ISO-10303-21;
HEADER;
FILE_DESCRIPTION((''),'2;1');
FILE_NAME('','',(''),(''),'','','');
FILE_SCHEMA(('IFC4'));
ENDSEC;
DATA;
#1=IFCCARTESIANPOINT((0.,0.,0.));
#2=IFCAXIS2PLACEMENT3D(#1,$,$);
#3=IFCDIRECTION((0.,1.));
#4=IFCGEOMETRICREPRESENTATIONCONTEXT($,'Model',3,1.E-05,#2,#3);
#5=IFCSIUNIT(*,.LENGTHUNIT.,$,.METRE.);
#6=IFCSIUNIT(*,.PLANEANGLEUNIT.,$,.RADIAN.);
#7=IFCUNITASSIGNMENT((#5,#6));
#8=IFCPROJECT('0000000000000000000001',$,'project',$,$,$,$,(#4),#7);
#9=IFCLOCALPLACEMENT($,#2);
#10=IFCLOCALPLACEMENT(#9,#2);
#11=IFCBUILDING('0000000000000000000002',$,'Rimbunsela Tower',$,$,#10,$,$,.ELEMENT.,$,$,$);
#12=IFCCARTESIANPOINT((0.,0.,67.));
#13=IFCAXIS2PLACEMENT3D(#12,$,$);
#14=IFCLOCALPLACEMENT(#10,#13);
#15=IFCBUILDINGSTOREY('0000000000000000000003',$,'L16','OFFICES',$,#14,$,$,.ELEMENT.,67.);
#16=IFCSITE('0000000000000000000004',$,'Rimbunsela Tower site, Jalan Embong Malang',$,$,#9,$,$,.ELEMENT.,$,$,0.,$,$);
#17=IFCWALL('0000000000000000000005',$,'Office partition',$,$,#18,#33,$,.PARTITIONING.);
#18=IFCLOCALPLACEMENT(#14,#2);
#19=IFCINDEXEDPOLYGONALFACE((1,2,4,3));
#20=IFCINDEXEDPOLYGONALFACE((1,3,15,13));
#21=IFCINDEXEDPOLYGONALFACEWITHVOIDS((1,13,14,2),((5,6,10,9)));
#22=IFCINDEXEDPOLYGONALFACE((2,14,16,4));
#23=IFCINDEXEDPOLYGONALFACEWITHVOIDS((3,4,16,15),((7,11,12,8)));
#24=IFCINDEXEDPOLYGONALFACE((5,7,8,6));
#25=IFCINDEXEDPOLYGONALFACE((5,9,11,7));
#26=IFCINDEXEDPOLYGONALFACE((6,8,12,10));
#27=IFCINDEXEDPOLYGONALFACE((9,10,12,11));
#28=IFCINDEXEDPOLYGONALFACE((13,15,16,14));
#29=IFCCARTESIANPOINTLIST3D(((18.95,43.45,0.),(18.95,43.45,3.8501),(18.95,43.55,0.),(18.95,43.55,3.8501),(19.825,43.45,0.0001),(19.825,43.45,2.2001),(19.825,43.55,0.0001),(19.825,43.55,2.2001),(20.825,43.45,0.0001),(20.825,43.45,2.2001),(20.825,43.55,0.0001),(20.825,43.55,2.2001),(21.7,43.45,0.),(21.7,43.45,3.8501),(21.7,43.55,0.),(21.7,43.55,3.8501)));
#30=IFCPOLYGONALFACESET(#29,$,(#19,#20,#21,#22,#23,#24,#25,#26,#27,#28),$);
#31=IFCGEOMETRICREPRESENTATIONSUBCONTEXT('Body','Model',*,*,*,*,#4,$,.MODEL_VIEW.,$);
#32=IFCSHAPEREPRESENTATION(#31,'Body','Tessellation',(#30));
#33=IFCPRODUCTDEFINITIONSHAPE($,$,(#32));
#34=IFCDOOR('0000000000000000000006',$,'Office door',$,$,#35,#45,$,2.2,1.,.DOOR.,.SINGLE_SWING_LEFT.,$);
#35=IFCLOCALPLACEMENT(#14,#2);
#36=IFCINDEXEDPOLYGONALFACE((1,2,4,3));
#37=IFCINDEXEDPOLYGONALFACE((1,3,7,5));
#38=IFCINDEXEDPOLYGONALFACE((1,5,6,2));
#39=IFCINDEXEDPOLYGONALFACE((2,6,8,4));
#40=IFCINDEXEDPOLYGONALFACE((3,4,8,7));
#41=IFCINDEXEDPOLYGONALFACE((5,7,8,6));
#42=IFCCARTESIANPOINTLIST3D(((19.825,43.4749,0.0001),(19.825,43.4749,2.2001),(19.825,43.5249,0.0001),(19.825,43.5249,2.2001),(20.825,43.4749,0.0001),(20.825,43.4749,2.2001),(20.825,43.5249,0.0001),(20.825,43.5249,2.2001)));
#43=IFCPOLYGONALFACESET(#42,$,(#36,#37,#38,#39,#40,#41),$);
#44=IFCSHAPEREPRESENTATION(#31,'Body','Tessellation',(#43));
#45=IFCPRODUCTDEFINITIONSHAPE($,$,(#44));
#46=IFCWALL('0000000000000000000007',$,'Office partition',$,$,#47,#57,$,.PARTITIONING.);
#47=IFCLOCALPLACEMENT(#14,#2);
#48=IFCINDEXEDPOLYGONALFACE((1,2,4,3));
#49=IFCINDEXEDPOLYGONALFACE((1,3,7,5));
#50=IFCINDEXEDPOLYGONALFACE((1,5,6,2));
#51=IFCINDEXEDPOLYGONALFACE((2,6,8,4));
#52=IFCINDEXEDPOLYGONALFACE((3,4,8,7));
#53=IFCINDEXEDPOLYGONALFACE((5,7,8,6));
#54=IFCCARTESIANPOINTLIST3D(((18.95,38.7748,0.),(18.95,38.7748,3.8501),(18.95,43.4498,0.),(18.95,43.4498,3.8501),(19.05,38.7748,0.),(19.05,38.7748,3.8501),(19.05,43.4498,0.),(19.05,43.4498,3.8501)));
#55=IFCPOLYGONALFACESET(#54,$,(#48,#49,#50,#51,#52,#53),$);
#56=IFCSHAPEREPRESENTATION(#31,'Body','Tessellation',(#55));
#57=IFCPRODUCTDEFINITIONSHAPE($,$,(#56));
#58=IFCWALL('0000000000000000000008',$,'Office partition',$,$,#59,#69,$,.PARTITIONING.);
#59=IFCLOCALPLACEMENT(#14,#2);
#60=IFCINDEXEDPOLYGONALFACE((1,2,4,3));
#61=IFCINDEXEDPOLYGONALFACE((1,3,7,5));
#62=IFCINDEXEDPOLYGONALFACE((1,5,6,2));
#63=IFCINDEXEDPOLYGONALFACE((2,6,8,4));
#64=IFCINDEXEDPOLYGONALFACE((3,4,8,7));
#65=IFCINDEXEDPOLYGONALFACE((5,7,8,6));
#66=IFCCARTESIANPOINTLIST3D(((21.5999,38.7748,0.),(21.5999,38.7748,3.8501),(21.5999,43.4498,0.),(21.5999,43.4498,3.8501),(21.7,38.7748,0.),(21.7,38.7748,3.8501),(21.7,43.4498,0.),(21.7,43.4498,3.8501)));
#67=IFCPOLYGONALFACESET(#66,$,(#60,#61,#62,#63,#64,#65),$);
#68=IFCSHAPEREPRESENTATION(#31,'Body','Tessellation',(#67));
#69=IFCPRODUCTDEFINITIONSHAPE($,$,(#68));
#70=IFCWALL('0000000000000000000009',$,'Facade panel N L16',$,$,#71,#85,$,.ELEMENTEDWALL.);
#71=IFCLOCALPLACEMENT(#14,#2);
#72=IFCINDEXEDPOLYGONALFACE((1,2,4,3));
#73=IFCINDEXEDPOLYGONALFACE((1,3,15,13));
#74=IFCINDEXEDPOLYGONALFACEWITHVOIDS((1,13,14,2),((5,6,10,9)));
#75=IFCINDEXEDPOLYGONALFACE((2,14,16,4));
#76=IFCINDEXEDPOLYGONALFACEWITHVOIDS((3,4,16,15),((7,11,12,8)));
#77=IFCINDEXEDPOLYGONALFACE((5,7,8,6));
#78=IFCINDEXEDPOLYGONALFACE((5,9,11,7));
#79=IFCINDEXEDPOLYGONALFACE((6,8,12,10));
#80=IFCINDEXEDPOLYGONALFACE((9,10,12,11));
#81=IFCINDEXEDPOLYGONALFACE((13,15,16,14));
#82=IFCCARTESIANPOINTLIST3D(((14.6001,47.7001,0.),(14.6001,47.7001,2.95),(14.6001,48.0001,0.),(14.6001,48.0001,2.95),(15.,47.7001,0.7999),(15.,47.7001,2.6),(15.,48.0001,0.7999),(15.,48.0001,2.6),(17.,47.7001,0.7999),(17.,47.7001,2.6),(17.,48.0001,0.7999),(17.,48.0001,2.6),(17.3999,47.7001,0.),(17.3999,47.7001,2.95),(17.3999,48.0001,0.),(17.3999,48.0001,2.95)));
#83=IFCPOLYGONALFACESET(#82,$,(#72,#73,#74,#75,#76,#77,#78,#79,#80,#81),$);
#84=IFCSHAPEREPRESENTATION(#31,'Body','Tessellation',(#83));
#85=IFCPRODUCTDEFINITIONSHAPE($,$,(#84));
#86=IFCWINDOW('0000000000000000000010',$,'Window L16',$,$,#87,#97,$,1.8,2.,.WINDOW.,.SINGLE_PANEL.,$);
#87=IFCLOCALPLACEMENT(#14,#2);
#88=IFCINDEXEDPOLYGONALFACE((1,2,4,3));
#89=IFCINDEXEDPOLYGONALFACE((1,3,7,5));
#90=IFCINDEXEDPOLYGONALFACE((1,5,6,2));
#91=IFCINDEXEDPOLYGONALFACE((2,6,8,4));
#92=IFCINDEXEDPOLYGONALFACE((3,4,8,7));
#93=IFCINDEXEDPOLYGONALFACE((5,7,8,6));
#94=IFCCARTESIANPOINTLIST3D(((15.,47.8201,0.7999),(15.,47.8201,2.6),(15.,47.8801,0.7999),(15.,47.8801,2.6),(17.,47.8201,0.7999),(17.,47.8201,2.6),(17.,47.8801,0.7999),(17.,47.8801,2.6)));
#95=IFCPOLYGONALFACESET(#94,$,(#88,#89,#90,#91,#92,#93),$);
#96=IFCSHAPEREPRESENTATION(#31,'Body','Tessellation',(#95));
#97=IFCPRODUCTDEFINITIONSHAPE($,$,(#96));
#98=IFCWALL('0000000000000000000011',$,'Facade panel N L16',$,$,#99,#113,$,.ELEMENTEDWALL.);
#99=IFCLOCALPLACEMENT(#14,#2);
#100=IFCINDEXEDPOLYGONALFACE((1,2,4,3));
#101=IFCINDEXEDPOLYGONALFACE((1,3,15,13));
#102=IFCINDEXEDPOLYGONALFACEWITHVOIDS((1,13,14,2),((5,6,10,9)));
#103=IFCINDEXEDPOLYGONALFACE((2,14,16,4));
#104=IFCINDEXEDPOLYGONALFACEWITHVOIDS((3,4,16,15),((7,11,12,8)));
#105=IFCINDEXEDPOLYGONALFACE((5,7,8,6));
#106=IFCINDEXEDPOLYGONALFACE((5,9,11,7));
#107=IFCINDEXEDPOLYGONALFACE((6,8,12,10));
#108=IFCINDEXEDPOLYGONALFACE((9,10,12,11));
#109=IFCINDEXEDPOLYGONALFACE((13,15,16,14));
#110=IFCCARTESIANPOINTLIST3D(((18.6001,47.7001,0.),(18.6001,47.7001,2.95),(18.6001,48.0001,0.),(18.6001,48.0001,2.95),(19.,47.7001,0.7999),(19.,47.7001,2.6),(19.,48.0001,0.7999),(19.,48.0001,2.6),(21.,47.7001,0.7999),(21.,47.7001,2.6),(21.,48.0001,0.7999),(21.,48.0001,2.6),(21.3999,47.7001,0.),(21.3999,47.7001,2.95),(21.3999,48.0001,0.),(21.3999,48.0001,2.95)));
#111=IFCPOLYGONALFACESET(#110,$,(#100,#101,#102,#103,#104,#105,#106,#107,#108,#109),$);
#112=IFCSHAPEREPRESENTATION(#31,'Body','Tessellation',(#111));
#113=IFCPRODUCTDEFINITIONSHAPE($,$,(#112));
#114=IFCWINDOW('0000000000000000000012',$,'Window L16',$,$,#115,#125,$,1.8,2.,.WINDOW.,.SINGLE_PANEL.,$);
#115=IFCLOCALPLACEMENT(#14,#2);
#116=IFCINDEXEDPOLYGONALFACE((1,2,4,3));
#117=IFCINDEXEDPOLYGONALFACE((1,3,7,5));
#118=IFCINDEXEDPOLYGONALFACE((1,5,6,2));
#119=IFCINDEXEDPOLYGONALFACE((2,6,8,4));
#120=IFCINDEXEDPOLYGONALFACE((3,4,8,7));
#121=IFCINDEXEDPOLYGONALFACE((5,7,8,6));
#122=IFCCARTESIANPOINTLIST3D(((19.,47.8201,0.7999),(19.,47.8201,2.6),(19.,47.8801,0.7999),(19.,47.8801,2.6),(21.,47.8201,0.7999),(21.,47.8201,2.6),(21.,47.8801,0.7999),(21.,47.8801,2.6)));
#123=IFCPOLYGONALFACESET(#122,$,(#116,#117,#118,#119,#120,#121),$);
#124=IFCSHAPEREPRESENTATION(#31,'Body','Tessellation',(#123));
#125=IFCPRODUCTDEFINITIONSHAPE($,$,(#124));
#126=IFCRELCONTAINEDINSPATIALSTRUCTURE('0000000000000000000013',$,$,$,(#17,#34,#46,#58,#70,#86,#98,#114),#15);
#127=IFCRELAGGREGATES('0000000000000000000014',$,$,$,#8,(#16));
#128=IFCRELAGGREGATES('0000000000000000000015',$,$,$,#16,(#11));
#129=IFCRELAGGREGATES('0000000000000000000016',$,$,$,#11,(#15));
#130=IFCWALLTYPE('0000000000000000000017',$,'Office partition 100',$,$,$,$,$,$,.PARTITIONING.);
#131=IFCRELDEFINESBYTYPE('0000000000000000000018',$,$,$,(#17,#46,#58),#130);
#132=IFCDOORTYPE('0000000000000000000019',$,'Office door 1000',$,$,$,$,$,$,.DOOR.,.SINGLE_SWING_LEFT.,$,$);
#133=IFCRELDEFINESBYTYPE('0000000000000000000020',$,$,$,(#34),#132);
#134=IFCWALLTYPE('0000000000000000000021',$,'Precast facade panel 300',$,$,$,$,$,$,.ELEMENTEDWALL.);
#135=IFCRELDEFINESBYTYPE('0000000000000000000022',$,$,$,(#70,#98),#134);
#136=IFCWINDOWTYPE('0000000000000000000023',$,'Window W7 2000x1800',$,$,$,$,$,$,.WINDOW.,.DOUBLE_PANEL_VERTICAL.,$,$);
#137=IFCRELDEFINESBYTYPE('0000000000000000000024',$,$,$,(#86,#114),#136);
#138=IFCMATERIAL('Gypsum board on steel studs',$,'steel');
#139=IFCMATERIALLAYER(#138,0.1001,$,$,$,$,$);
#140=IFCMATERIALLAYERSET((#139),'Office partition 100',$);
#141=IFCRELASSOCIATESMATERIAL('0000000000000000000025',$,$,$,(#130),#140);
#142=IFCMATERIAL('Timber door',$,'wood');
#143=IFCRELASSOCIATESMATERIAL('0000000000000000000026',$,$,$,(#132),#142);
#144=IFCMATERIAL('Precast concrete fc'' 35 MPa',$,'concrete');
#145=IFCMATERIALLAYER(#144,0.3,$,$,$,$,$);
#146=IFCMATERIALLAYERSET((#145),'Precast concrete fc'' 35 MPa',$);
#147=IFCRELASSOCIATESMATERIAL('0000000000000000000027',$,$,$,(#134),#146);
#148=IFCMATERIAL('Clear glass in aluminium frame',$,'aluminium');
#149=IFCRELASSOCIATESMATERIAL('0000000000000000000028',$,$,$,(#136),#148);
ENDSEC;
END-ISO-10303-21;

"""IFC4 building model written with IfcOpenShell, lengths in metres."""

from ifc_helpers import new_model, si_unit, direction, frame, frame_2d, origin, place, context, subcontext, project, spatial, rectangle, extrude, material, layer, layer_set, type_object, element, fill, save


model = new_model("IFC4")

# Units and contexts
model_context = context("Model", 3, precision=1e-05, world=origin(), true_north=direction((0.0, 1.0)))
body_context = subcontext(model_context, "Body", "Model", "MODEL_VIEW")
ifc_project = project(units=[si_unit("LENGTHUNIT", "METRE"), si_unit("PLANEANGLEUNIT", "RADIAN")], contexts=[model_context])

# Site, building, storey
site_placement = place(None, origin())
site = spatial("IfcSite", under=ifc_project, at=site_placement, Name="Rimbunsela Tower site, Jalan Embong Malang", CompositionType="ELEMENT", RefElevation=0.0)
building_placement = place(site_placement, origin())
building = spatial("IfcBuilding", under=site, at=building_placement, Name="Rimbunsela Tower", CompositionType="ELEMENT")
storey_placement = place(building_placement, frame((0.0, 0.0, 67.0)))
storey = spatial("IfcBuildingStorey", under=building, at=storey_placement, Name="L16", Description="OFFICES", CompositionType="ELEMENT", Elevation=67.0)

# Wall, opening, door
ifc_material_1 = material(Name="Gypsum board on steel studs", Category="steel")
ifc_layer_1 = layer(ifc_material_1, 0.1001)
ifc_layer_set_1 = layer_set([ifc_layer_1], Name="Office partition 100")
wall_type_1 = type_object("IfcWallType", Name="Office partition 100", PredefinedType="PARTITIONING", material=ifc_layer_set_1)
wall_1_placement = place(storey_placement, frame((18.95, 43.5, 0.0), z_axis=(0.0, 0.0, 1.0), x_axis=(1.0, 0.0, 0.0)))
wall_1 = element("IfcWall", 1, at=wall_1_placement, inside=storey, type_object=wall_type_1, Name="Office partition", PredefinedType="PARTITIONING", context=body_context, shape_type="SweptSolid", body=[
    extrude(rectangle(XDim=2.75, YDim=0.1001, at=frame_2d((1.375, 0.0))), origin(), (0.0, 0.0, 1.0), 3.8501),
])
opening_1_placement = place(wall_1_placement, frame((0.875, 0.0, 0.0)))
opening_1 = element("IfcOpeningElement", 2, at=opening_1_placement, cuts=wall_1, PredefinedType="OPENING", context=body_context, shape_type="SweptSolid", body=[
    extrude(rectangle(XDim=1.0, YDim=2.2, at=frame_2d((0.5, 1.1001))), frame((0.0, 0.0601, 0.0), z_axis=(0.0, -1.0, 0.0), x_axis=(1.0, 0.0, 0.0)), (0.0, 0.0, 1.0), 0.1201),
])
ifc_material_2 = material(Name="Timber door", Category="wood")
door_type_1 = type_object("IfcDoorType", Name="Office door 1000", OperationType="SINGLE_SWING_LEFT", PredefinedType="DOOR", material=ifc_material_2)
door_1_placement = place(opening_1_placement, origin())
door_1 = element("IfcDoor", 3, at=door_1_placement, inside=storey, type_object=door_type_1, Name="Office door", OperationType="SINGLE_SWING_LEFT", OverallHeight=2.2, OverallWidth=1.0, PredefinedType="DOOR", context=body_context, shape_type="SweptSolid", body=[
    extrude(rectangle(XDim=1.0, YDim=2.2, at=frame_2d((0.5, 1.1001))), frame((0.0, 0.0249, 0.0), z_axis=(0.0, -1.0, 0.0), x_axis=(1.0, 0.0, 0.0)), (0.0, 0.0, 1.0), 0.05),
])
fill(opening_1, door_1)

# Walls
for number, where, z_axis, x_axis, name in (
    (4, (19.0, 38.7749, 0.0), (0.0, 0.0, 1.0), (0.0, 1.0, 0.0), "Office partition"),
    (5, (21.6499, 38.7749, 0.0), (0.0, 0.0, 1.0), (0.0, 1.0, 0.0), "Office partition"),
):
    element("IfcWall", number, at=place(storey_placement, frame(where, z_axis=z_axis, x_axis=x_axis)), inside=storey, type_object=wall_type_1, Name=name, PredefinedType="PARTITIONING", context=body_context, shape_type="SweptSolid", body=[
        extrude(rectangle(XDim=4.675, YDim=0.1001, at=frame_2d((2.3374, 0.0))), origin(), (0.0, 0.0, 1.0), 3.8501),
    ])

# Walls, openings, windows
ifc_material_3 = material(Name="Precast concrete fc' 35 MPa", Category="concrete")
ifc_layer_2 = layer(ifc_material_3, 0.3)
ifc_layer_set_2 = layer_set([ifc_layer_2], Name="Precast concrete fc' 35 MPa")
wall_type_2 = type_object("IfcWallType", Name="Precast facade panel 300", PredefinedType="ELEMENTEDWALL", material=ifc_layer_set_2)
wall_2_placement = place(storey_placement, frame((17.3999, 47.8501, 0.0), z_axis=(0.0, 0.0, 1.0), x_axis=(-1.0, 0.0, 0.0)))
wall_2 = element("IfcWall", 6, at=wall_2_placement, inside=storey, type_object=wall_type_2, Name="Facade panel N L16", PredefinedType="ELEMENTEDWALL", context=body_context, shape_type="SweptSolid", body=[
    extrude(rectangle(XDim=2.7998, YDim=0.3, at=frame_2d((1.3999, 0.0))), origin(), (0.0, 0.0, 1.0), 2.95),
])
opening_2_placement = place(wall_2_placement, frame((0.3999, 0.0, 0.8)))
opening_2 = element("IfcOpeningElement", 7, at=opening_2_placement, cuts=wall_2, PredefinedType="OPENING", context=body_context, shape_type="SweptSolid", body=[
    extrude(rectangle(XDim=2.0, YDim=1.8, at=frame_2d((1.0, 0.8999))), frame((0.0, 0.1599, 0.0), z_axis=(0.0, -1.0, 0.0), x_axis=(1.0, 0.0, 0.0)), (0.0, 0.0, 1.0), 0.3201),
])
ifc_material_4 = material(Name="Clear glass in aluminium frame", Category="aluminium")
window_type = type_object("IfcWindowType", Name="Window W7 2000x1800", PartitioningType="DOUBLE_PANEL_VERTICAL", PredefinedType="WINDOW", material=ifc_material_4)
window_1_placement = place(opening_2_placement, origin())
window_1 = element("IfcWindow", 8, at=window_1_placement, inside=storey, type_object=window_type, Name="Window L16", OverallHeight=1.8, OverallWidth=2.0, PartitioningType="SINGLE_PANEL", PredefinedType="WINDOW", context=body_context, shape_type="SweptSolid", body=[
    extrude(rectangle(XDim=2.0, YDim=1.8, at=frame_2d((1.0, 0.8999))), frame((0.0, 0.03, 0.0), z_axis=(0.0, -1.0, 0.0), x_axis=(1.0, 0.0, 0.0)), (0.0, 0.0, 1.0), 0.0601),
])
fill(opening_2, window_1)
wall_3_placement = place(storey_placement, frame((21.3999, 47.8501, 0.0), z_axis=(0.0, 0.0, 1.0), x_axis=(-1.0, 0.0, 0.0)))
wall_3 = element("IfcWall", 9, at=wall_3_placement, inside=storey, type_object=wall_type_2, Name="Facade panel N L16", PredefinedType="ELEMENTEDWALL", context=body_context, shape_type="SweptSolid", body=[
    extrude(rectangle(XDim=2.7998, YDim=0.3, at=frame_2d((1.3999, 0.0))), origin(), (0.0, 0.0, 1.0), 2.95),
])
opening_3_placement = place(wall_3_placement, frame((0.3999, 0.0, 0.8)))
opening_3 = element("IfcOpeningElement", 10, at=opening_3_placement, cuts=wall_3, PredefinedType="OPENING", context=body_context, shape_type="SweptSolid", body=[
    extrude(rectangle(XDim=2.0, YDim=1.8, at=frame_2d((1.0, 0.8999))), frame((0.0, 0.1599, 0.0), z_axis=(0.0, -1.0, 0.0), x_axis=(1.0, 0.0, 0.0)), (0.0, 0.0, 1.0), 0.3201),
])
window_2_placement = place(opening_3_placement, origin())
window_2 = element("IfcWindow", 11, at=window_2_placement, inside=storey, type_object=window_type, Name="Window L16", OverallHeight=1.8, OverallWidth=2.0, PartitioningType="SINGLE_PANEL", PredefinedType="WINDOW", context=body_context, shape_type="SweptSolid", body=[
    extrude(rectangle(XDim=2.0, YDim=1.8, at=frame_2d((1.0, 0.8999))), frame((0.0, 0.03, 0.0), z_axis=(0.0, -1.0, 0.0), x_axis=(1.0, 0.0, 0.0)), (0.0, 0.0, 1.0), 0.0601),
])
fill(opening_3, window_2)

save(model, "model.ifc")
